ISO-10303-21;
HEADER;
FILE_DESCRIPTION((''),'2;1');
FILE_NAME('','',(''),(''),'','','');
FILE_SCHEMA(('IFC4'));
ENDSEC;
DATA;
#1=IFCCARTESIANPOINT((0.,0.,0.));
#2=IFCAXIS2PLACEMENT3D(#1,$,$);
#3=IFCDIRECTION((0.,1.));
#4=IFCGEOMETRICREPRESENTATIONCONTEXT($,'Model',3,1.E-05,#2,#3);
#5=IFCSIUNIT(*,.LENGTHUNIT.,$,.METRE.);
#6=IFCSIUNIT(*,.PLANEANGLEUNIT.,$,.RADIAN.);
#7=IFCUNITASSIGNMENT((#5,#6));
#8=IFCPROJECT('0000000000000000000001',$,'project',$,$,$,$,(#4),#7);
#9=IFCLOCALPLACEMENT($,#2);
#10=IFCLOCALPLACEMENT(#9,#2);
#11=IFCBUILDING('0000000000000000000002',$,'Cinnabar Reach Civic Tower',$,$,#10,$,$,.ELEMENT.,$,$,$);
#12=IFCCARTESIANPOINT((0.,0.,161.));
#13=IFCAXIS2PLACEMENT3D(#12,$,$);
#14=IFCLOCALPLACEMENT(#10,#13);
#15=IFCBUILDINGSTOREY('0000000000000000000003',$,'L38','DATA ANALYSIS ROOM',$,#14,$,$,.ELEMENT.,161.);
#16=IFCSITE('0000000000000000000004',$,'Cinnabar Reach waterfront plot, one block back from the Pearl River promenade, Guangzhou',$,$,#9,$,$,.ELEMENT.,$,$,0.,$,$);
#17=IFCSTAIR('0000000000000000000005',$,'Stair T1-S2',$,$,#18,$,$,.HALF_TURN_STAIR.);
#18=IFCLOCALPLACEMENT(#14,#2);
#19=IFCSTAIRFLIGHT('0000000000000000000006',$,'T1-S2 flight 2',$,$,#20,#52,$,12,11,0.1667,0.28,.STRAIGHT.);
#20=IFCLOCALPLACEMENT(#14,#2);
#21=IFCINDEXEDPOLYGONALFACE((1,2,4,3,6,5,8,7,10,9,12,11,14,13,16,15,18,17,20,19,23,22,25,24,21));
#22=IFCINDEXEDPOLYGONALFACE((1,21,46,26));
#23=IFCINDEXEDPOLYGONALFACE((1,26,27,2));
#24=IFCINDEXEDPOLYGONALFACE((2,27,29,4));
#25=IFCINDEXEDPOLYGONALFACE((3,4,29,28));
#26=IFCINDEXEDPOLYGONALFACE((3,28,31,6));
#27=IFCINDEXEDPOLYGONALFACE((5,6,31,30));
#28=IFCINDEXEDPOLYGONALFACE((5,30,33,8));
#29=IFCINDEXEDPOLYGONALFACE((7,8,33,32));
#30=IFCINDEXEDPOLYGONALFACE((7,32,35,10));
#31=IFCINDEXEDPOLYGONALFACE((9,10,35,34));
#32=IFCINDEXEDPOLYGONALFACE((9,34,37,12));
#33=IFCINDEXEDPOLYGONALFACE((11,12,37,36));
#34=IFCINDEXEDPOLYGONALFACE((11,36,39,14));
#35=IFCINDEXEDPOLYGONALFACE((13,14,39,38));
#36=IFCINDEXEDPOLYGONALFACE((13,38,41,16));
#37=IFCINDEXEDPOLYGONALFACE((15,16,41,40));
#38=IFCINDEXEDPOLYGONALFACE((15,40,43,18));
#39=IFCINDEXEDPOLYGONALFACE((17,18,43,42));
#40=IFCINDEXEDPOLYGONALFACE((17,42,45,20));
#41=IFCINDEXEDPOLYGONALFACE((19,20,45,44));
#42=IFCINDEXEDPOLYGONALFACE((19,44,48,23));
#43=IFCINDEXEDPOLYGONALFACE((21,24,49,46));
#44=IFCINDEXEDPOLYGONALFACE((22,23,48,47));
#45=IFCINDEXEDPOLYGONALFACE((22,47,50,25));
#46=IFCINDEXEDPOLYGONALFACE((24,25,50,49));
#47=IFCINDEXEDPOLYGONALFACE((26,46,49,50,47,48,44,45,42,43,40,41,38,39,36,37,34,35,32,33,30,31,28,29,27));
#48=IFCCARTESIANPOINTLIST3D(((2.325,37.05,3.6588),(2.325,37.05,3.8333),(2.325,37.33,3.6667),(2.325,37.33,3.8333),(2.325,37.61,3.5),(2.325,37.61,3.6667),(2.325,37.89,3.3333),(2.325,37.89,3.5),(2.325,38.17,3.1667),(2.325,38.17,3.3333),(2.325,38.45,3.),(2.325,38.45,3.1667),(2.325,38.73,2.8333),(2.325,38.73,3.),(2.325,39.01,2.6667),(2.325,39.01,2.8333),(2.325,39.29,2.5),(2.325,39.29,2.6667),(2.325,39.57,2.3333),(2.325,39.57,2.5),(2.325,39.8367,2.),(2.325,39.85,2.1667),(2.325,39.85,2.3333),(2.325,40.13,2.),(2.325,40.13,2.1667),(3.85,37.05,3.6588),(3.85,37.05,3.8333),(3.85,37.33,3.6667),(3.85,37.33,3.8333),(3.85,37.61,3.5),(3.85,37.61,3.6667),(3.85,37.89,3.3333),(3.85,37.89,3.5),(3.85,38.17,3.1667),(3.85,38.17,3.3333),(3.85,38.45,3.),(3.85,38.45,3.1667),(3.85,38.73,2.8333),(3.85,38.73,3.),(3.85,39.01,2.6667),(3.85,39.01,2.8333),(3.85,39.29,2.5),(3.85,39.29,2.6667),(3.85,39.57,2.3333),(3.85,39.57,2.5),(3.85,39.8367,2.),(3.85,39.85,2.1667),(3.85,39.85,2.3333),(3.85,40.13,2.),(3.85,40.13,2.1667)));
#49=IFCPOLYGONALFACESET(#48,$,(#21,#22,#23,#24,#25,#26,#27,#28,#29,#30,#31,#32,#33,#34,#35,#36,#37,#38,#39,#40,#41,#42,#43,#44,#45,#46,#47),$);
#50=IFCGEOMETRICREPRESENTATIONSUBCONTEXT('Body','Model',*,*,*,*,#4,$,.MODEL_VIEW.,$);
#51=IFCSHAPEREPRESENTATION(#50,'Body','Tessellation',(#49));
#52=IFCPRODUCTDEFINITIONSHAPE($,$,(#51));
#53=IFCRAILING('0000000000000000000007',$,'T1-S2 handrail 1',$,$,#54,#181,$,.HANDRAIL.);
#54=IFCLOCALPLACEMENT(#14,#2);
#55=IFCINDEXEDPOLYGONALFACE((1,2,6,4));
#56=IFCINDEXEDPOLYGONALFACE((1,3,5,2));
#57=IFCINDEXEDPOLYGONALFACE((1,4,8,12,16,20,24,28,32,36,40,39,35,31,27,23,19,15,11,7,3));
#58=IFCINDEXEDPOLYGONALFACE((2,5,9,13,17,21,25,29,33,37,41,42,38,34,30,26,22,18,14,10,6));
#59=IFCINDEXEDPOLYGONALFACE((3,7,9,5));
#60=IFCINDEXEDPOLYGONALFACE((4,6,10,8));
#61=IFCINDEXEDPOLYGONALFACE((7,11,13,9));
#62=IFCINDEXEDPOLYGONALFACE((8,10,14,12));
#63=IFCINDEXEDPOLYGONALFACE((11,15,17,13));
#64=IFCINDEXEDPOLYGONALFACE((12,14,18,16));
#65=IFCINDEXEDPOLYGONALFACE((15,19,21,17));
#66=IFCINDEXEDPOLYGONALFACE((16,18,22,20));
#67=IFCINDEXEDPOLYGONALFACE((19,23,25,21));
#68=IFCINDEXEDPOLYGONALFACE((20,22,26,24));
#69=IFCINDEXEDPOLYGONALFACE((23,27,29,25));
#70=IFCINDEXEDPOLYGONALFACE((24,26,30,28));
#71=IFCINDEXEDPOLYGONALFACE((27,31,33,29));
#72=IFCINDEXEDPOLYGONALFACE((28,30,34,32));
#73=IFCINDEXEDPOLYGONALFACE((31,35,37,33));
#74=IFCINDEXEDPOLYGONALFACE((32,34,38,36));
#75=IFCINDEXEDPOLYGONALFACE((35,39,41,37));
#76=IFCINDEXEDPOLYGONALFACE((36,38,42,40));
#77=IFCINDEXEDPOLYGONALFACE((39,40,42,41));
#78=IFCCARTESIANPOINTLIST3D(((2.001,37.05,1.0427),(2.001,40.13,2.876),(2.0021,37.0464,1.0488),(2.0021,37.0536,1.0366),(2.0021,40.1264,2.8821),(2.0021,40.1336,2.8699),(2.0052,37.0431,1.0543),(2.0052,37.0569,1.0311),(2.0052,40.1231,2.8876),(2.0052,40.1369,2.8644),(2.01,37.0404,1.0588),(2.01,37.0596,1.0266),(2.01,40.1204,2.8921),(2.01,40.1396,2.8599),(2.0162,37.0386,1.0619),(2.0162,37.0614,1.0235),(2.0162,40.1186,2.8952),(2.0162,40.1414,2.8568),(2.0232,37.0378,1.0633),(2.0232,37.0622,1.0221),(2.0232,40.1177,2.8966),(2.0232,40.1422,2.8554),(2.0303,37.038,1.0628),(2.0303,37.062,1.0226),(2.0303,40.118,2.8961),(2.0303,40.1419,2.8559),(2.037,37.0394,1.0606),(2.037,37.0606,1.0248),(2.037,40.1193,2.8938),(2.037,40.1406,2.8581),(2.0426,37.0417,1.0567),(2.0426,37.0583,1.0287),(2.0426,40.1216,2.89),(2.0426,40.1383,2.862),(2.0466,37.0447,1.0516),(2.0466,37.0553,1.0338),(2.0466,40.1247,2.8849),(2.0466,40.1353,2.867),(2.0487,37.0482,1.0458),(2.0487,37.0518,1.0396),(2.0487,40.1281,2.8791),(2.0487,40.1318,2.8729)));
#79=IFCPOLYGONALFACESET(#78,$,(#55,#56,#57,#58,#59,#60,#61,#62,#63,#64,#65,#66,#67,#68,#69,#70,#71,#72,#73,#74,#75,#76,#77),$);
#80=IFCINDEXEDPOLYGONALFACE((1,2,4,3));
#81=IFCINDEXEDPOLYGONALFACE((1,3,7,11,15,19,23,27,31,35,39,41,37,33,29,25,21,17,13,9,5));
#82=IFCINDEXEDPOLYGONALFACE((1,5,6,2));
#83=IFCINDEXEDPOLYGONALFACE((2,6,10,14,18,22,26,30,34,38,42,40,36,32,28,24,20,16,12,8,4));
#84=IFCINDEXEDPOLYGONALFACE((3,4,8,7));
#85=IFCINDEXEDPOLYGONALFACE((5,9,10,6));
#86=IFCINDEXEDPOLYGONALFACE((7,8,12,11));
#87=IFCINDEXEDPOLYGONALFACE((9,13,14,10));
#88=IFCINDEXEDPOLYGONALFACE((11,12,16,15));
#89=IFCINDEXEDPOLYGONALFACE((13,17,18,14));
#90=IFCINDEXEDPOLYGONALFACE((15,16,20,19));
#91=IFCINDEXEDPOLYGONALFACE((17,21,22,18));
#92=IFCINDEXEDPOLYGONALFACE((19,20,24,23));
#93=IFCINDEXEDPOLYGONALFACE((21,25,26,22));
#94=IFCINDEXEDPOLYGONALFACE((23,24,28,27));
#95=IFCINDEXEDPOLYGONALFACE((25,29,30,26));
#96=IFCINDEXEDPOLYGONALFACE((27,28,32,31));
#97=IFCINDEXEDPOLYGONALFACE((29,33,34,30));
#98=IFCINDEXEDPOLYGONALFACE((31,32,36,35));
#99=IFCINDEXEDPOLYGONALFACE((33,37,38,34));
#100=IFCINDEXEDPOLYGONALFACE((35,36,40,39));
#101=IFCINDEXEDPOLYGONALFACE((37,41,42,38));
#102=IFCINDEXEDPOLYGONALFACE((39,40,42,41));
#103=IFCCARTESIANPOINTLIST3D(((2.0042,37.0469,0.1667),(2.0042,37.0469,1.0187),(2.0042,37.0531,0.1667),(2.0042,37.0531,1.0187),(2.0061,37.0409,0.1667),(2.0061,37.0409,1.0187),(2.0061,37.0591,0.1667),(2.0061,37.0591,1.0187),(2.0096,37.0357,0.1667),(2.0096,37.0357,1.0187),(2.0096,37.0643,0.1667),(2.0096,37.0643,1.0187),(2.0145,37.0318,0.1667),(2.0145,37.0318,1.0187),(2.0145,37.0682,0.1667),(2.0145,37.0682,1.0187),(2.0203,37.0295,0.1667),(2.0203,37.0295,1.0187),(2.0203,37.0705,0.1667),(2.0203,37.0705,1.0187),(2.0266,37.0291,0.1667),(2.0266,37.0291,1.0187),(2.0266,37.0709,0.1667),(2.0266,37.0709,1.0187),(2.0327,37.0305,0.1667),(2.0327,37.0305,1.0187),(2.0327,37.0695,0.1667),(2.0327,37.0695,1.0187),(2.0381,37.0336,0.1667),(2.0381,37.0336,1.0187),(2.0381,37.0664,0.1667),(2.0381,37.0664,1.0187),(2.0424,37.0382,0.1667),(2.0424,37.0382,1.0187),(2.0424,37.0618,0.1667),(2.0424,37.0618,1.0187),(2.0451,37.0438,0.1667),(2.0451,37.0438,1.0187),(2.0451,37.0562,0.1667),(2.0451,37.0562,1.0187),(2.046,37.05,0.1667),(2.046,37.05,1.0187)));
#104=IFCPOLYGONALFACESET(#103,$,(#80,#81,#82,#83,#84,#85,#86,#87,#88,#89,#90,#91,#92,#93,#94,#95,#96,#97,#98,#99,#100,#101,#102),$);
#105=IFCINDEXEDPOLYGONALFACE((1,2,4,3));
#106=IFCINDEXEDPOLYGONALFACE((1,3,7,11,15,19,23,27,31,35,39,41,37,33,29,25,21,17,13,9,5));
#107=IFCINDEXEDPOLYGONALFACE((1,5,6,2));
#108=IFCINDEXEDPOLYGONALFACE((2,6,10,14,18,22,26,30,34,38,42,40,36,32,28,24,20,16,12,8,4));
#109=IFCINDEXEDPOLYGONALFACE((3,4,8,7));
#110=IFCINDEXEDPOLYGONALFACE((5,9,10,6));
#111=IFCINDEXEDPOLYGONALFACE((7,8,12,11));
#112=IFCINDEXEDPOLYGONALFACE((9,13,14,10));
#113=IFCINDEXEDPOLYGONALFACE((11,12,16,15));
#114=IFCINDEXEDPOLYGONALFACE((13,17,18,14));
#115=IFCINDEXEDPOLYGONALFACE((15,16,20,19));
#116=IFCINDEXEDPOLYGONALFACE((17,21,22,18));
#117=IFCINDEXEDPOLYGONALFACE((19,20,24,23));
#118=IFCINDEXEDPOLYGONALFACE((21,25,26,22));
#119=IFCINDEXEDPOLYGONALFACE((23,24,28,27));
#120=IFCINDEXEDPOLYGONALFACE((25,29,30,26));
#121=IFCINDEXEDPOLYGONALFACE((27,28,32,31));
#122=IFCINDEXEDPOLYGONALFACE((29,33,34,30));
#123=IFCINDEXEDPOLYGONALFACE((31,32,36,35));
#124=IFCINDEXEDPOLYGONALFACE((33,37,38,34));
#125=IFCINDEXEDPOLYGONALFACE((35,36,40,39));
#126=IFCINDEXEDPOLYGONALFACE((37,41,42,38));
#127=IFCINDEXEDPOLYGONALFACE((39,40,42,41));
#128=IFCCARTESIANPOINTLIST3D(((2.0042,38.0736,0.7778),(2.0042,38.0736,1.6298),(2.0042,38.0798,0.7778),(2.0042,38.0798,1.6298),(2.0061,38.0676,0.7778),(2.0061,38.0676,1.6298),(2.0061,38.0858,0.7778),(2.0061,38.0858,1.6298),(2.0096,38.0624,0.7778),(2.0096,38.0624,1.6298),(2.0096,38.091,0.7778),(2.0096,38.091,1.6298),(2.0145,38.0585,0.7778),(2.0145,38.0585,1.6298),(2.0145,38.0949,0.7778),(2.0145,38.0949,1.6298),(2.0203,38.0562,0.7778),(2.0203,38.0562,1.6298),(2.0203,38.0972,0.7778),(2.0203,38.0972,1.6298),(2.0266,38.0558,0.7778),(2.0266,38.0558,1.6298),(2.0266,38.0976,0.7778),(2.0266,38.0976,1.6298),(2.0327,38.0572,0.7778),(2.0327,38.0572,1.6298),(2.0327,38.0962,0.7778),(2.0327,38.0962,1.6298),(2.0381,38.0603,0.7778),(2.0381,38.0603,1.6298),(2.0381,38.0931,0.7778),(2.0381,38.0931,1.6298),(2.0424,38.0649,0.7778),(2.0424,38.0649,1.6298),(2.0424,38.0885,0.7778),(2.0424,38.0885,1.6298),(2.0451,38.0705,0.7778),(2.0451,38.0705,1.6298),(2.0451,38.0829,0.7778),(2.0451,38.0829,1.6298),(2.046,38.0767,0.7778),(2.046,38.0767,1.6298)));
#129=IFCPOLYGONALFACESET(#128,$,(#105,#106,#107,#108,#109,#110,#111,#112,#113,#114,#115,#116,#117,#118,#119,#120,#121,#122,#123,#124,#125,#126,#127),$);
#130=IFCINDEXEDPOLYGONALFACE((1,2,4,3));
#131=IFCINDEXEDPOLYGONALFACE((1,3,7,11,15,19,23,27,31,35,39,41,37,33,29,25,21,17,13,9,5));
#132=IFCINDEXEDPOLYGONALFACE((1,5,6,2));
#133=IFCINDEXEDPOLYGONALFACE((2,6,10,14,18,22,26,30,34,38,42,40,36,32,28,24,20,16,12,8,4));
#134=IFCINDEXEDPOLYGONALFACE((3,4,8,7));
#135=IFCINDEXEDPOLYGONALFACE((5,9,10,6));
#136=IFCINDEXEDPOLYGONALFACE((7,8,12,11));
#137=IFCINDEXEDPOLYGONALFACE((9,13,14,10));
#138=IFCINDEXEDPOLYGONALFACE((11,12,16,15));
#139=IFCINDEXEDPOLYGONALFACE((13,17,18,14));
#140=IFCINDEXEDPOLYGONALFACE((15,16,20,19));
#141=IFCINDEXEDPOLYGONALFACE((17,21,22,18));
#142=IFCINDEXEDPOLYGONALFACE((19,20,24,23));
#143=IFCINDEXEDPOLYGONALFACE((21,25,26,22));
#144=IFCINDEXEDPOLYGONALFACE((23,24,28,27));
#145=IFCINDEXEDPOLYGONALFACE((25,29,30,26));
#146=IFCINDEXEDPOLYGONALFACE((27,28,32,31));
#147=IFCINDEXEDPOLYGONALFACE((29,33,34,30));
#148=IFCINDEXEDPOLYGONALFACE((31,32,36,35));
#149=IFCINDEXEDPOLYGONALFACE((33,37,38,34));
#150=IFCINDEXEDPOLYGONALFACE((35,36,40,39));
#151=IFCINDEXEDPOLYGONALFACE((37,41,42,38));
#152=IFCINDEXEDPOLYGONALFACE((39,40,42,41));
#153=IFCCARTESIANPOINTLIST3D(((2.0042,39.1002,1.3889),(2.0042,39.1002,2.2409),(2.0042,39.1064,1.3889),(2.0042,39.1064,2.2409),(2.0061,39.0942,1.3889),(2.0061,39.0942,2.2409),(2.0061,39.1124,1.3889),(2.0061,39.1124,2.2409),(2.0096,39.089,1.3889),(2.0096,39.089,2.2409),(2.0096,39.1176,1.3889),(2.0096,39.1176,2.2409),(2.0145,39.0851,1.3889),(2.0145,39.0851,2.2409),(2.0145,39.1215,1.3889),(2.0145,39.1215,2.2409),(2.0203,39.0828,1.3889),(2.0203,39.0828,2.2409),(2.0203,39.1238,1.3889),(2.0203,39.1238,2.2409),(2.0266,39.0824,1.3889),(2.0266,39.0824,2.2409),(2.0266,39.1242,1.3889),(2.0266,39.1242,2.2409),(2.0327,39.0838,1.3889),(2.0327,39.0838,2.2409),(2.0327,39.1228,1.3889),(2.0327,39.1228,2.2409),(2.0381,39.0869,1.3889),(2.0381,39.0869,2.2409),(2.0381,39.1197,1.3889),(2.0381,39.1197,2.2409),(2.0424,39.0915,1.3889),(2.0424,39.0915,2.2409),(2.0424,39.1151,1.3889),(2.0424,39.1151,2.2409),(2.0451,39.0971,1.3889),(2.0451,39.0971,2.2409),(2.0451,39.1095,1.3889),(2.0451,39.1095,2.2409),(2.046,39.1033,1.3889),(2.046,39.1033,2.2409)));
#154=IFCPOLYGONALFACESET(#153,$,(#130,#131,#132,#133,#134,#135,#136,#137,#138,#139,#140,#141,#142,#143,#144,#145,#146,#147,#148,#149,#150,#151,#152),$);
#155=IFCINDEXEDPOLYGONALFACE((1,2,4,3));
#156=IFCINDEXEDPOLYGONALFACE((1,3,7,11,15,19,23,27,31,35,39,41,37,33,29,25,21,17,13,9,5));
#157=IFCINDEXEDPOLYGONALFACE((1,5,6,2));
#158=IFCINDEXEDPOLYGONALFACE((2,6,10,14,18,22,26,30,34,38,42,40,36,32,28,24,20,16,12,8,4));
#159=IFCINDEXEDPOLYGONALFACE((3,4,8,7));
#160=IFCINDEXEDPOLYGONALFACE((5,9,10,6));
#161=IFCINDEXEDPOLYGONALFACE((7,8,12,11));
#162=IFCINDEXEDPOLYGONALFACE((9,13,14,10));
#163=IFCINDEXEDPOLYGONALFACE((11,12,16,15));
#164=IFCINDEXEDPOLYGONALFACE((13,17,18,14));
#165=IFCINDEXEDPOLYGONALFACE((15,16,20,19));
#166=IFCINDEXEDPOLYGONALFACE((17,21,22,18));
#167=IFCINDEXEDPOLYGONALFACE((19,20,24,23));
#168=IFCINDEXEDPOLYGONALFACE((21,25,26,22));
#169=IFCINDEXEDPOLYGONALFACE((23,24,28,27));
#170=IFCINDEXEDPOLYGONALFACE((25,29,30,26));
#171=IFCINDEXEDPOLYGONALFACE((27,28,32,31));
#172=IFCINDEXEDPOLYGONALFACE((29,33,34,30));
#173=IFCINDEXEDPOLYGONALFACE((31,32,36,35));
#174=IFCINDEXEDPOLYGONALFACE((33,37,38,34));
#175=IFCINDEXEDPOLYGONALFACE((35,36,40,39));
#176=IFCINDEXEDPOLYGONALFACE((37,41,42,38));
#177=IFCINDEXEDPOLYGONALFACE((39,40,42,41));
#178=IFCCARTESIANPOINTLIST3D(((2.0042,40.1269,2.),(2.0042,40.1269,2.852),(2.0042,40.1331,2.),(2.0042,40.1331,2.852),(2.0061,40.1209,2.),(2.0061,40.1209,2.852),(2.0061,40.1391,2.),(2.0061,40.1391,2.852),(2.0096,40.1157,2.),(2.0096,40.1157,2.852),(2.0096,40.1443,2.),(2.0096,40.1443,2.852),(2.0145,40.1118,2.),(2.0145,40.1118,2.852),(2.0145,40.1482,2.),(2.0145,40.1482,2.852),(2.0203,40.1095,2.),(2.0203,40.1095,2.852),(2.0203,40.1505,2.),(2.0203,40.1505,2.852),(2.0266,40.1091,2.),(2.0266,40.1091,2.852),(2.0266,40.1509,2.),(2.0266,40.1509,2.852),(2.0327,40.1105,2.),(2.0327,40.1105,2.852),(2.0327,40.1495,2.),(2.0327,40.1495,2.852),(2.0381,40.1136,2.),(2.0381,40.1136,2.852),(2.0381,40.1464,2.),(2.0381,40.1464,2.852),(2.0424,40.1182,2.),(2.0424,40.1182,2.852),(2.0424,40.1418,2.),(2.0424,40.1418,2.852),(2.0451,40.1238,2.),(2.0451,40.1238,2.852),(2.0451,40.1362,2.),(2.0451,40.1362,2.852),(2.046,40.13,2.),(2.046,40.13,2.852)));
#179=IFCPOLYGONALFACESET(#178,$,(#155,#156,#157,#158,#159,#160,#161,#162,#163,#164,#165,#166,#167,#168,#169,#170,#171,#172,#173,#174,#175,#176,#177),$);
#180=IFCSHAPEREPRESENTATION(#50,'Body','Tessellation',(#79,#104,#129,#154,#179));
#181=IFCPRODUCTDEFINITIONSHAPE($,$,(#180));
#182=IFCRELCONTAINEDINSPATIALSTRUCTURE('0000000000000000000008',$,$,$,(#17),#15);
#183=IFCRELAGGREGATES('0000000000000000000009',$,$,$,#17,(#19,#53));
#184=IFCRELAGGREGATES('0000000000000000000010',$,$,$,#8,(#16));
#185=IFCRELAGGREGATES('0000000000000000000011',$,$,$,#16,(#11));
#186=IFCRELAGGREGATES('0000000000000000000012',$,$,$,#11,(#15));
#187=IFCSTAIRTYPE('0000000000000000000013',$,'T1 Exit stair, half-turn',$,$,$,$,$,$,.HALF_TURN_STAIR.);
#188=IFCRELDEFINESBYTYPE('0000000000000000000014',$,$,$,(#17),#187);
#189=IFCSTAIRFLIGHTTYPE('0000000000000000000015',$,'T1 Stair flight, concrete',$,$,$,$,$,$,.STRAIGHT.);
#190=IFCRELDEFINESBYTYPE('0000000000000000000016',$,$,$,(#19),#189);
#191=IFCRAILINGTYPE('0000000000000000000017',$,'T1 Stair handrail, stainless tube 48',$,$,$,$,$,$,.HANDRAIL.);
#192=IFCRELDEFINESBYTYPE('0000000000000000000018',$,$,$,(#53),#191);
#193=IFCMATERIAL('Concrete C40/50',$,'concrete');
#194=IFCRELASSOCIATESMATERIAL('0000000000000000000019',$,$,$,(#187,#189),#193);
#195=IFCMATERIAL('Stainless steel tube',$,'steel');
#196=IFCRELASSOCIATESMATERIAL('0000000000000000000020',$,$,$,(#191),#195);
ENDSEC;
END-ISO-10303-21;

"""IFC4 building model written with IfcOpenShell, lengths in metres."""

from ifc_helpers import new_model, si_unit, direction, frame, origin, origin_2d, place, context, subcontext, project, spatial, polyline, circle, outline, extrude, material, type_object, element, aggregate, save


model = new_model("IFC4")

# Units and contexts
model_context = context("Model", 3, precision=1e-05, world=origin(), true_north=direction((0.0, 1.0)))
body_context = subcontext(model_context, "Body", "Model", "MODEL_VIEW")
ifc_project = project(units=[si_unit("LENGTHUNIT", "METRE"), si_unit("PLANEANGLEUNIT", "RADIAN")], contexts=[model_context])

# Site, building, storey
site_placement = place(None, origin())
site = spatial("IfcSite", under=ifc_project, at=site_placement, Name="Cinnabar Reach waterfront plot, one block back from the Pearl River promenade, Guangzhou", CompositionType="ELEMENT", RefElevation=0.0)
building_placement = place(site_placement, origin())
building = spatial("IfcBuilding", under=site, at=building_placement, Name="Cinnabar Reach Civic Tower", CompositionType="ELEMENT")
storey_placement = place(building_placement, frame((0.0, 0.0, 161.0)))
storey = spatial("IfcBuildingStorey", under=building, at=storey_placement, Name="L38", Description="DATA ANALYSIS ROOM", CompositionType="ELEMENT", Elevation=161.0)

# Shared definitions
ifc_material_1 = material(Name="Concrete C40/50", Category="concrete")

# Stair, stair flight, railing
stair_type = type_object("IfcStairType", Name="T1 Exit stair, half-turn", PredefinedType="HALF_TURN_STAIR", material=ifc_material_1)
stair_placement = place(storey_placement, origin())
stair = element("IfcStair", 1, at=stair_placement, inside=storey, type_object=stair_type, Name="Stair T1-S2", PredefinedType="HALF_TURN_STAIR")
stair_flight_type = type_object("IfcStairFlightType", Name="T1 Stair flight, concrete", PredefinedType="STRAIGHT", material=ifc_material_1)
stair_flight_1_placement = place(storey_placement, frame((3.0875, 40.13, 2.0), z_axis=(0.0, 0.0, 1.0), x_axis=(0.0, -1.0, 0.0)))
stair_flight_1 = element("IfcStairFlight", 2, at=stair_flight_1_placement, type_object=stair_flight_type, Name="T1-S2 flight 2", NumberOfRisers=12, NumberOfTreads=11, PredefinedType="STRAIGHT", RiserHeight=0.1667, TreadLength=0.28, context=body_context, shape_type="SweptSolid", body=[
    extrude(outline(polyline([(0.0, 0.0), (0.0, 0.1667), (0.28, 0.1667), (0.28, 0.3333), (0.56, 0.3333), (0.56, 0.5), (0.84, 0.5), (0.84, 0.6667), (1.12, 0.6667), (1.12, 0.8333), (1.4, 0.8333), (1.4, 1.0), (1.68, 1.0), (1.68, 1.1667), (1.96, 1.1667), (1.96, 1.3333), (2.24, 1.3333), (2.24, 1.5), (2.52, 1.5), (2.52, 1.6667), (2.8, 1.6667), (2.8, 1.8333), (3.08, 1.8333), (3.08, 2.0), (3.08, 1.6588), (0.2933, 0.0), (0.0, 0.0)])), frame((0.0, 0.7625, 0.0), z_axis=(0.0, -1.0, 0.0), x_axis=(1.0, 0.0, 0.0)), (0.0, 0.0, 1.0), 1.525),
])
ifc_material_2 = material(Name="Stainless steel tube", Category="steel")
railing_type = type_object("IfcRailingType", Name="T1 Stair handrail, stainless tube 48", PredefinedType="HANDRAIL", material=ifc_material_2)
railing_1_placement = place(storey_placement, frame((2.025, 37.05, 0.1667)))
railing_1 = element("IfcRailing", 3, at=railing_1_placement, type_object=railing_type, Name="T1-S2 handrail 1", PredefinedType="HANDRAIL", context=body_context, shape_type="SweptSolid", body=[
    extrude(circle(Radius=0.024, at=origin_2d()), frame((0.0, 0.0, 0.876), z_axis=(0.0, 0.859297, 0.511477), x_axis=(-1.0, 0.0, 0.0)), (0.0, 0.0, 1.0), 3.5843),
    extrude(circle(Radius=0.021, at=origin_2d()), origin(), (0.0, 0.0, 1.0), 0.852),
    extrude(circle(Radius=0.021, at=origin_2d()), frame((0.0, 1.0267, 0.6111)), (0.0, 0.0, 1.0), 0.852),
    extrude(circle(Radius=0.021, at=origin_2d()), frame((0.0, 2.0533, 1.2222)), (0.0, 0.0, 1.0), 0.852),
    extrude(circle(Radius=0.021, at=origin_2d()), frame((0.0, 3.08, 1.8333)), (0.0, 0.0, 1.0), 0.852),
])
aggregate(stair, [stair_flight_1, railing_1])

save(model, "model.ifc")
